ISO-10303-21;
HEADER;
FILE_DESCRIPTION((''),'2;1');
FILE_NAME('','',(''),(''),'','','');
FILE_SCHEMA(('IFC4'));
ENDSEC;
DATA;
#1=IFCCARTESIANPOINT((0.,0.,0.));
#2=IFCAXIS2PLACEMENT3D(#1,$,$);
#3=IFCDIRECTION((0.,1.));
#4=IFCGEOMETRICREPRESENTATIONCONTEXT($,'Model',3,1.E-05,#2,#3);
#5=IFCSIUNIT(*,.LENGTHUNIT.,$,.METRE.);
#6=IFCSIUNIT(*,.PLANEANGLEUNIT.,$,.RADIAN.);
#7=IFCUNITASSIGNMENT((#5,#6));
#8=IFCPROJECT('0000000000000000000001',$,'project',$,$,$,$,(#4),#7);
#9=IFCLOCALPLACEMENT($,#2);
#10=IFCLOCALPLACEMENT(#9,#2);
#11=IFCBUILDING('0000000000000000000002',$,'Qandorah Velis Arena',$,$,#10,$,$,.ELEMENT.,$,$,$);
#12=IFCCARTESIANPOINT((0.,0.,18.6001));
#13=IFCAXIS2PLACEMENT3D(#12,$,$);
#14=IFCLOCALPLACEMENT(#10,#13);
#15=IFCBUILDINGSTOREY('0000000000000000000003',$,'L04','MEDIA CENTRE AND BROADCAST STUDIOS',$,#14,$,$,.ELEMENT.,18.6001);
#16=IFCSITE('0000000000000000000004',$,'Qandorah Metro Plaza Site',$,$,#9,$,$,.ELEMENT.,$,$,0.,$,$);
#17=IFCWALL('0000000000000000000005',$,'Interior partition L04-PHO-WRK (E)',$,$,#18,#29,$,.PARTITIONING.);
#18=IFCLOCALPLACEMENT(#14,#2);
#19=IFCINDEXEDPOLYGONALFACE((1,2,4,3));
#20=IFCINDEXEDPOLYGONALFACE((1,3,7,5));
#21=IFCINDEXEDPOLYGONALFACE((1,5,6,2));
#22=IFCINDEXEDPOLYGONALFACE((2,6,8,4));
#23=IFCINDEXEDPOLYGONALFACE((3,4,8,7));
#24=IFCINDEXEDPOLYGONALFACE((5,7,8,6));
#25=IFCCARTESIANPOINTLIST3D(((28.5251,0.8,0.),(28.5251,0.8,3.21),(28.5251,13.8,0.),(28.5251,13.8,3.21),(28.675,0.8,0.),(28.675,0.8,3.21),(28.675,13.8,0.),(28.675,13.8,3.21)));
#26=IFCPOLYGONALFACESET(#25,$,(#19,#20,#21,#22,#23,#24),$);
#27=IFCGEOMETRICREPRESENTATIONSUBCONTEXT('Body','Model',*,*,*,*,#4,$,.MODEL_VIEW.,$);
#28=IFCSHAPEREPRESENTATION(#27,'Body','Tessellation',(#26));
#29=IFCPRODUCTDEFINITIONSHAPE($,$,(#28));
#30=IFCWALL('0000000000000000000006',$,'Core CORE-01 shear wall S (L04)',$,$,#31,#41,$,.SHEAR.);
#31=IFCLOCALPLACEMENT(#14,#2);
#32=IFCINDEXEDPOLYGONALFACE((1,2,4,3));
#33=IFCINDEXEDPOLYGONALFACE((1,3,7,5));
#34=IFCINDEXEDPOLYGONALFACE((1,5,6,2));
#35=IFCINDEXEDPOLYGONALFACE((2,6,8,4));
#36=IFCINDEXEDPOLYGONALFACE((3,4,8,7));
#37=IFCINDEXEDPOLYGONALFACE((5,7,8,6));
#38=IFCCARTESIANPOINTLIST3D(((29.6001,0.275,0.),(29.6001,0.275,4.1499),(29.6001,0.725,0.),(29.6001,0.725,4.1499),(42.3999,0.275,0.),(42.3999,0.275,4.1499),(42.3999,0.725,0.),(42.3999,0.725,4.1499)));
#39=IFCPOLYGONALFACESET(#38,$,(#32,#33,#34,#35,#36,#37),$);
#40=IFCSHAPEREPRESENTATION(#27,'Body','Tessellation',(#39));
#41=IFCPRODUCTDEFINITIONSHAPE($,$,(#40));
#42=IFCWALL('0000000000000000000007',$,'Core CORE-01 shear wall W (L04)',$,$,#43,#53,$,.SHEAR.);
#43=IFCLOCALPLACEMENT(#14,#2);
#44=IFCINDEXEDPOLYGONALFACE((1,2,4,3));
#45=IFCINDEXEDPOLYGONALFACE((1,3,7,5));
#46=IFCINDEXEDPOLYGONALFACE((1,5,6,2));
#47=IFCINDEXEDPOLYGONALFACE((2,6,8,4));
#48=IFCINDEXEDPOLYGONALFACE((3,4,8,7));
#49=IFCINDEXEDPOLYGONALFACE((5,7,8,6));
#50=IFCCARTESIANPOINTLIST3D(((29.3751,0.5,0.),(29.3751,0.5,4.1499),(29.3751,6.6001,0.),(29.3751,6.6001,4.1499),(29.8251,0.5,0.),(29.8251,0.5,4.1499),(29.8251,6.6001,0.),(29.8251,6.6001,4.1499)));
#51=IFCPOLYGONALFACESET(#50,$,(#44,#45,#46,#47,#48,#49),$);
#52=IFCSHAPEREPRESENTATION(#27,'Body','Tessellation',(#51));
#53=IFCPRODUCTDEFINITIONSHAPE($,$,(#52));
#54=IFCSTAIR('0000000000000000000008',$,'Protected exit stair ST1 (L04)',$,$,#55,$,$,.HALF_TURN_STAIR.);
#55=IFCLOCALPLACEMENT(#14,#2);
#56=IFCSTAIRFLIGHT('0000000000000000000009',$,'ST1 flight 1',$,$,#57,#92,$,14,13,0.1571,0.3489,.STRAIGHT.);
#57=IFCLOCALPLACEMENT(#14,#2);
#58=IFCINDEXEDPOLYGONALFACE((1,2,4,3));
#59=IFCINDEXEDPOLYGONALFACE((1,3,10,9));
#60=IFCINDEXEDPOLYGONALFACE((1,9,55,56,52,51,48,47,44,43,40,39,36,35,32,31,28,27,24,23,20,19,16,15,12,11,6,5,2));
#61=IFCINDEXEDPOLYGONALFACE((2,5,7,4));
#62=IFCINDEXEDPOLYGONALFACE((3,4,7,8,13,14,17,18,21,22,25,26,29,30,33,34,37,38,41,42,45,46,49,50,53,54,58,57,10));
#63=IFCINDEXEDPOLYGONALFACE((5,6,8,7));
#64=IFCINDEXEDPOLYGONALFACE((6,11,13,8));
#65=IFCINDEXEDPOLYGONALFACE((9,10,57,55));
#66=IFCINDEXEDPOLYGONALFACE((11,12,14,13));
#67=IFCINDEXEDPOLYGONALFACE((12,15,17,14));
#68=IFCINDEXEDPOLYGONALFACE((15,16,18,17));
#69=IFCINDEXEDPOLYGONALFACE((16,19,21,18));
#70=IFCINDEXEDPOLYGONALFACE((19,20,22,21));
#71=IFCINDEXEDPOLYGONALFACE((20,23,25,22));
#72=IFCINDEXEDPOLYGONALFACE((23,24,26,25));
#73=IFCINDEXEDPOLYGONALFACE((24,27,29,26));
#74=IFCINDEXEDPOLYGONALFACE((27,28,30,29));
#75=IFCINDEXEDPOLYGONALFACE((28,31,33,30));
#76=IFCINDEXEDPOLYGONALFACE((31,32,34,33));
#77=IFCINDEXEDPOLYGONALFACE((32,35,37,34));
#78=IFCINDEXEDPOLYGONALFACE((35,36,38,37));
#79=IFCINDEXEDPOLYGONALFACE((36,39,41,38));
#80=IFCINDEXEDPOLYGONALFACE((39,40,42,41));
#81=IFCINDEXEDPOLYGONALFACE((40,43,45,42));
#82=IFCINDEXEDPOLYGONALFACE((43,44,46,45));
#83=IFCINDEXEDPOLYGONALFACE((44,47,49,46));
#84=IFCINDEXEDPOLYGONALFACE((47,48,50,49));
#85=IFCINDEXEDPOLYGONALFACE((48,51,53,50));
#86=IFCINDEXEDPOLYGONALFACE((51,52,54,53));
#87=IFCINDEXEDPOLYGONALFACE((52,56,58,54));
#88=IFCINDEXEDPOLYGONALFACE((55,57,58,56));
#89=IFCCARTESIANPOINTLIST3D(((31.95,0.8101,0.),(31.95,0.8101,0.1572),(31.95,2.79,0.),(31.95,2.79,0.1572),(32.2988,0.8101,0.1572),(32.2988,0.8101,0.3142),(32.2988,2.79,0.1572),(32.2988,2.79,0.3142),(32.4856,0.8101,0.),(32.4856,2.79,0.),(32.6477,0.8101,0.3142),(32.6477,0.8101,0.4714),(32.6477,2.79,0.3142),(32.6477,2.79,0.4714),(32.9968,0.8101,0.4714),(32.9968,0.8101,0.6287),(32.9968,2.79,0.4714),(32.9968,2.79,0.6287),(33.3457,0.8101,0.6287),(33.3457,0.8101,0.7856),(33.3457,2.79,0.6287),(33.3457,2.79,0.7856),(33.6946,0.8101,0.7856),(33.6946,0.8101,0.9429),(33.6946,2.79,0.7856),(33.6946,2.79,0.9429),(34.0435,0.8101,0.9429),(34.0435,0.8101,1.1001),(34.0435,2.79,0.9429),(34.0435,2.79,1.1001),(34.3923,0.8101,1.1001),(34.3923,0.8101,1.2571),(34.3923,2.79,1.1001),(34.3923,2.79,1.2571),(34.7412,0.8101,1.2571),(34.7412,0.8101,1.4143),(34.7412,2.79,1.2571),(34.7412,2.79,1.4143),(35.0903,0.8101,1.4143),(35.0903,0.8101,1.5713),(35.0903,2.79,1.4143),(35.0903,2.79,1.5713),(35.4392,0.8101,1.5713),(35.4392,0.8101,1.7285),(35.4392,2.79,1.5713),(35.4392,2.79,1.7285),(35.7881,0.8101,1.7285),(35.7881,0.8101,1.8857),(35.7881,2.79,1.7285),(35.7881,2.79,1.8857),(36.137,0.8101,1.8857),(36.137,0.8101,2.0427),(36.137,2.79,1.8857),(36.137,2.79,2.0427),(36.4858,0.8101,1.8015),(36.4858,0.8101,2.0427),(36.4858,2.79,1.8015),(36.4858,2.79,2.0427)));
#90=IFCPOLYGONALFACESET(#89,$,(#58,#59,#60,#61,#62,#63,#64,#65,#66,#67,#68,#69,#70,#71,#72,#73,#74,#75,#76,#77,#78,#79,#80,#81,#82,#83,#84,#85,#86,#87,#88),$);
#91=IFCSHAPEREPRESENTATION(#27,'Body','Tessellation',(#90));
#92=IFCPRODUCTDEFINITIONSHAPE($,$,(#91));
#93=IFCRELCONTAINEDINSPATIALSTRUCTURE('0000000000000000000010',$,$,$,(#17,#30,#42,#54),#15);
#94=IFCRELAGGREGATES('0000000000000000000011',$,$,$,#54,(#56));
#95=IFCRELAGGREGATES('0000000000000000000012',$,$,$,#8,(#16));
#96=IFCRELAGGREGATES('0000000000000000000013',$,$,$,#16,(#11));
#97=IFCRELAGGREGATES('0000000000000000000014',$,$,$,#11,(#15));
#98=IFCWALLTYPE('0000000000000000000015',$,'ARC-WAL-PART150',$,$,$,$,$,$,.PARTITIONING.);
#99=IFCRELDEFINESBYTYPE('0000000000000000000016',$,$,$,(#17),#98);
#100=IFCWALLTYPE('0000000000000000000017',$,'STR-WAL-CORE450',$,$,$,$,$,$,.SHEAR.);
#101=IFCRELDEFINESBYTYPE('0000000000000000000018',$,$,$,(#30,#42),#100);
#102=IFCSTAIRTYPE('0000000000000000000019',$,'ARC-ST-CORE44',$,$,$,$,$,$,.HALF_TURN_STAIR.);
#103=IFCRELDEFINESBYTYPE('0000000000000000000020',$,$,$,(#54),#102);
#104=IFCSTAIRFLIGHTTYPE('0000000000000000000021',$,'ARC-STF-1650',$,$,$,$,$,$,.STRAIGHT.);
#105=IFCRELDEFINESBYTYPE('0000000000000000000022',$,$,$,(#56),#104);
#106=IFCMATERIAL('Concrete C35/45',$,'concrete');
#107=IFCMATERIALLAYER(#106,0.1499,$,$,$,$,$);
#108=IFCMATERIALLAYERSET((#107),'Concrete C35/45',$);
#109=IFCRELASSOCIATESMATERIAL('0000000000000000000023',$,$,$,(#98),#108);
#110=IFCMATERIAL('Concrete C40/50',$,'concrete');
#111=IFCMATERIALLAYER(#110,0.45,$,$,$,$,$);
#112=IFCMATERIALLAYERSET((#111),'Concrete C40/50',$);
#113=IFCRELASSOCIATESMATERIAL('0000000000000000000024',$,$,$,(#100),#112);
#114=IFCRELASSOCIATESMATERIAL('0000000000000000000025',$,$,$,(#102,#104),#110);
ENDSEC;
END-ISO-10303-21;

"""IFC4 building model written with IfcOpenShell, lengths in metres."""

from ifc_helpers import new_model, si_unit, direction, frame, frame_2d, origin, place, context, subcontext, project, spatial, polyline, rectangle, outline, extrude, material, layer, layer_set, type_object, element, aggregate, save


model = new_model("IFC4")

# Units and contexts
model_context = context("Model", 3, precision=1e-05, world=origin(), true_north=direction((0.0, 1.0)))
body_context = subcontext(model_context, "Body", "Model", "MODEL_VIEW")
ifc_project = project(units=[si_unit("LENGTHUNIT", "METRE"), si_unit("PLANEANGLEUNIT", "RADIAN")], contexts=[model_context])

# Site, building, storey
site_placement = place(None, origin())
site = spatial("IfcSite", under=ifc_project, at=site_placement, Name="Qandorah Metro Plaza Site", CompositionType="ELEMENT", RefElevation=0.0)
building_placement = place(site_placement, origin())
building = spatial("IfcBuilding", under=site, at=building_placement, Name="Qandorah Velis Arena", CompositionType="ELEMENT")
storey_placement = place(building_placement, frame((0.0, 0.0, 18.6001)))
storey = spatial("IfcBuildingStorey", under=building, at=storey_placement, Name="L04", Description="MEDIA CENTRE AND BROADCAST STUDIOS", CompositionType="ELEMENT", Elevation=18.6001)

# Shared definitions
ifc_material_1 = material(Name="Concrete C40/50", Category="concrete")

# Walls
ifc_material_2 = material(Name="Concrete C35/45", Category="concrete")
ifc_layer_1 = layer(ifc_material_2, 0.1499)
ifc_layer_set_1 = layer_set([ifc_layer_1], Name="Concrete C35/45")
wall_type_1 = type_object("IfcWallType", Name="ARC-WAL-PART150", PredefinedType="PARTITIONING", material=ifc_layer_set_1)
wall_1_placement = place(storey_placement, frame((28.6001, 0.8, 0.0), z_axis=(0.0, 0.0, 1.0), x_axis=(0.0, 1.0, 0.0)))
element("IfcWall", 1, at=wall_1_placement, inside=storey, type_object=wall_type_1, Name="Interior partition L04-PHO-WRK (E)", PredefinedType="PARTITIONING", context=body_context, shape_type="SweptSolid", body=[
    extrude(rectangle(XDim=13.0, YDim=0.1499, at=frame_2d((6.5, 0.0))), origin(), (0.0, 0.0, 1.0), 3.21),
])
ifc_layer_2 = layer(ifc_material_1, 0.45)
ifc_layer_set_2 = layer_set([ifc_layer_2], Name="Concrete C40/50")
wall_type_2 = type_object("IfcWallType", Name="STR-WAL-CORE450", PredefinedType="SHEAR", material=ifc_layer_set_2)
wall_2_placement = place(storey_placement, frame((29.6001, 0.5, 0.0), z_axis=(0.0, 0.0, 1.0), x_axis=(1.0, 0.0, 0.0)))
element("IfcWall", 2, at=wall_2_placement, inside=storey, type_object=wall_type_2, Name="Core CORE-01 shear wall S (L04)", PredefinedType="SHEAR", context=body_context, shape_type="SweptSolid", body=[
    extrude(rectangle(XDim=12.7998, YDim=0.45, at=frame_2d((6.3999, 0.0))), origin(), (0.0, 0.0, 1.0), 4.1499),
])
wall_3_placement = place(storey_placement, frame((29.6001, 0.5, 0.0), z_axis=(0.0, 0.0, 1.0), x_axis=(0.0, 1.0, 0.0)))
element("IfcWall", 3, at=wall_3_placement, inside=storey, type_object=wall_type_2, Name="Core CORE-01 shear wall W (L04)", PredefinedType="SHEAR", context=body_context, shape_type="SweptSolid", body=[
    extrude(rectangle(XDim=6.1001, YDim=0.45, at=frame_2d((3.05, 0.0))), origin(), (0.0, 0.0, 1.0), 4.1499),
])

# Stair, stair flight
stair_type = type_object("IfcStairType", Name="ARC-ST-CORE44", PredefinedType="HALF_TURN_STAIR", material=ifc_material_1)
stair_placement = place(storey_placement, origin())
stair = element("IfcStair", 4, at=stair_placement, inside=storey, type_object=stair_type, Name="Protected exit stair ST1 (L04)", PredefinedType="HALF_TURN_STAIR")
stair_flight_type = type_object("IfcStairFlightType", Name="ARC-STF-1650", PredefinedType="STRAIGHT", material=ifc_material_1)
stair_flight_placement = place(storey_placement, frame((31.95, 1.8, 0.0), z_axis=(0.0, 0.0, 1.0), x_axis=(1.0, 0.0, 0.0)))
stair_flight = element("IfcStairFlight", 5, at=stair_flight_placement, type_object=stair_flight_type, Name="ST1 flight 1", NumberOfRisers=14, NumberOfTreads=13, PredefinedType="STRAIGHT", RiserHeight=0.1571, TreadLength=0.3489, context=body_context, shape_type="SweptSolid", body=[
    extrude(outline(polyline([(0.0, 0.0), (0.0, 0.1572), (0.3489, 0.1572), (0.3489, 0.3142), (0.6978, 0.3142), (0.6978, 0.4714), (1.0469, 0.4714), (1.0469, 0.6287), (1.3958, 0.6287), (1.3958, 0.7856), (1.7446, 0.7856), (1.7446, 0.9429), (2.0935, 0.9429), (2.0935, 1.1001), (2.4424, 1.1001), (2.4424, 1.2571), (2.7913, 1.2571), (2.7913, 1.4143), (3.1404, 1.4143), (3.1404, 1.5713), (3.4893, 1.5713), (3.4893, 1.7285), (3.8381, 1.7285), (3.8381, 1.8857), (4.187, 1.8857), (4.187, 2.0427), (4.5359, 2.0427), (4.5359, 2.2), (4.5359, 1.8015), (0.5356, 0.0), (0.0, 0.0)])), frame((0.0, 0.99, 0.0), z_axis=(0.0, -1.0, 0.0), x_axis=(1.0, 0.0, 0.0)), (0.0, 0.0, 1.0), 1.98),
])
aggregate(stair, [stair_flight])

save(model, "model.ifc")
